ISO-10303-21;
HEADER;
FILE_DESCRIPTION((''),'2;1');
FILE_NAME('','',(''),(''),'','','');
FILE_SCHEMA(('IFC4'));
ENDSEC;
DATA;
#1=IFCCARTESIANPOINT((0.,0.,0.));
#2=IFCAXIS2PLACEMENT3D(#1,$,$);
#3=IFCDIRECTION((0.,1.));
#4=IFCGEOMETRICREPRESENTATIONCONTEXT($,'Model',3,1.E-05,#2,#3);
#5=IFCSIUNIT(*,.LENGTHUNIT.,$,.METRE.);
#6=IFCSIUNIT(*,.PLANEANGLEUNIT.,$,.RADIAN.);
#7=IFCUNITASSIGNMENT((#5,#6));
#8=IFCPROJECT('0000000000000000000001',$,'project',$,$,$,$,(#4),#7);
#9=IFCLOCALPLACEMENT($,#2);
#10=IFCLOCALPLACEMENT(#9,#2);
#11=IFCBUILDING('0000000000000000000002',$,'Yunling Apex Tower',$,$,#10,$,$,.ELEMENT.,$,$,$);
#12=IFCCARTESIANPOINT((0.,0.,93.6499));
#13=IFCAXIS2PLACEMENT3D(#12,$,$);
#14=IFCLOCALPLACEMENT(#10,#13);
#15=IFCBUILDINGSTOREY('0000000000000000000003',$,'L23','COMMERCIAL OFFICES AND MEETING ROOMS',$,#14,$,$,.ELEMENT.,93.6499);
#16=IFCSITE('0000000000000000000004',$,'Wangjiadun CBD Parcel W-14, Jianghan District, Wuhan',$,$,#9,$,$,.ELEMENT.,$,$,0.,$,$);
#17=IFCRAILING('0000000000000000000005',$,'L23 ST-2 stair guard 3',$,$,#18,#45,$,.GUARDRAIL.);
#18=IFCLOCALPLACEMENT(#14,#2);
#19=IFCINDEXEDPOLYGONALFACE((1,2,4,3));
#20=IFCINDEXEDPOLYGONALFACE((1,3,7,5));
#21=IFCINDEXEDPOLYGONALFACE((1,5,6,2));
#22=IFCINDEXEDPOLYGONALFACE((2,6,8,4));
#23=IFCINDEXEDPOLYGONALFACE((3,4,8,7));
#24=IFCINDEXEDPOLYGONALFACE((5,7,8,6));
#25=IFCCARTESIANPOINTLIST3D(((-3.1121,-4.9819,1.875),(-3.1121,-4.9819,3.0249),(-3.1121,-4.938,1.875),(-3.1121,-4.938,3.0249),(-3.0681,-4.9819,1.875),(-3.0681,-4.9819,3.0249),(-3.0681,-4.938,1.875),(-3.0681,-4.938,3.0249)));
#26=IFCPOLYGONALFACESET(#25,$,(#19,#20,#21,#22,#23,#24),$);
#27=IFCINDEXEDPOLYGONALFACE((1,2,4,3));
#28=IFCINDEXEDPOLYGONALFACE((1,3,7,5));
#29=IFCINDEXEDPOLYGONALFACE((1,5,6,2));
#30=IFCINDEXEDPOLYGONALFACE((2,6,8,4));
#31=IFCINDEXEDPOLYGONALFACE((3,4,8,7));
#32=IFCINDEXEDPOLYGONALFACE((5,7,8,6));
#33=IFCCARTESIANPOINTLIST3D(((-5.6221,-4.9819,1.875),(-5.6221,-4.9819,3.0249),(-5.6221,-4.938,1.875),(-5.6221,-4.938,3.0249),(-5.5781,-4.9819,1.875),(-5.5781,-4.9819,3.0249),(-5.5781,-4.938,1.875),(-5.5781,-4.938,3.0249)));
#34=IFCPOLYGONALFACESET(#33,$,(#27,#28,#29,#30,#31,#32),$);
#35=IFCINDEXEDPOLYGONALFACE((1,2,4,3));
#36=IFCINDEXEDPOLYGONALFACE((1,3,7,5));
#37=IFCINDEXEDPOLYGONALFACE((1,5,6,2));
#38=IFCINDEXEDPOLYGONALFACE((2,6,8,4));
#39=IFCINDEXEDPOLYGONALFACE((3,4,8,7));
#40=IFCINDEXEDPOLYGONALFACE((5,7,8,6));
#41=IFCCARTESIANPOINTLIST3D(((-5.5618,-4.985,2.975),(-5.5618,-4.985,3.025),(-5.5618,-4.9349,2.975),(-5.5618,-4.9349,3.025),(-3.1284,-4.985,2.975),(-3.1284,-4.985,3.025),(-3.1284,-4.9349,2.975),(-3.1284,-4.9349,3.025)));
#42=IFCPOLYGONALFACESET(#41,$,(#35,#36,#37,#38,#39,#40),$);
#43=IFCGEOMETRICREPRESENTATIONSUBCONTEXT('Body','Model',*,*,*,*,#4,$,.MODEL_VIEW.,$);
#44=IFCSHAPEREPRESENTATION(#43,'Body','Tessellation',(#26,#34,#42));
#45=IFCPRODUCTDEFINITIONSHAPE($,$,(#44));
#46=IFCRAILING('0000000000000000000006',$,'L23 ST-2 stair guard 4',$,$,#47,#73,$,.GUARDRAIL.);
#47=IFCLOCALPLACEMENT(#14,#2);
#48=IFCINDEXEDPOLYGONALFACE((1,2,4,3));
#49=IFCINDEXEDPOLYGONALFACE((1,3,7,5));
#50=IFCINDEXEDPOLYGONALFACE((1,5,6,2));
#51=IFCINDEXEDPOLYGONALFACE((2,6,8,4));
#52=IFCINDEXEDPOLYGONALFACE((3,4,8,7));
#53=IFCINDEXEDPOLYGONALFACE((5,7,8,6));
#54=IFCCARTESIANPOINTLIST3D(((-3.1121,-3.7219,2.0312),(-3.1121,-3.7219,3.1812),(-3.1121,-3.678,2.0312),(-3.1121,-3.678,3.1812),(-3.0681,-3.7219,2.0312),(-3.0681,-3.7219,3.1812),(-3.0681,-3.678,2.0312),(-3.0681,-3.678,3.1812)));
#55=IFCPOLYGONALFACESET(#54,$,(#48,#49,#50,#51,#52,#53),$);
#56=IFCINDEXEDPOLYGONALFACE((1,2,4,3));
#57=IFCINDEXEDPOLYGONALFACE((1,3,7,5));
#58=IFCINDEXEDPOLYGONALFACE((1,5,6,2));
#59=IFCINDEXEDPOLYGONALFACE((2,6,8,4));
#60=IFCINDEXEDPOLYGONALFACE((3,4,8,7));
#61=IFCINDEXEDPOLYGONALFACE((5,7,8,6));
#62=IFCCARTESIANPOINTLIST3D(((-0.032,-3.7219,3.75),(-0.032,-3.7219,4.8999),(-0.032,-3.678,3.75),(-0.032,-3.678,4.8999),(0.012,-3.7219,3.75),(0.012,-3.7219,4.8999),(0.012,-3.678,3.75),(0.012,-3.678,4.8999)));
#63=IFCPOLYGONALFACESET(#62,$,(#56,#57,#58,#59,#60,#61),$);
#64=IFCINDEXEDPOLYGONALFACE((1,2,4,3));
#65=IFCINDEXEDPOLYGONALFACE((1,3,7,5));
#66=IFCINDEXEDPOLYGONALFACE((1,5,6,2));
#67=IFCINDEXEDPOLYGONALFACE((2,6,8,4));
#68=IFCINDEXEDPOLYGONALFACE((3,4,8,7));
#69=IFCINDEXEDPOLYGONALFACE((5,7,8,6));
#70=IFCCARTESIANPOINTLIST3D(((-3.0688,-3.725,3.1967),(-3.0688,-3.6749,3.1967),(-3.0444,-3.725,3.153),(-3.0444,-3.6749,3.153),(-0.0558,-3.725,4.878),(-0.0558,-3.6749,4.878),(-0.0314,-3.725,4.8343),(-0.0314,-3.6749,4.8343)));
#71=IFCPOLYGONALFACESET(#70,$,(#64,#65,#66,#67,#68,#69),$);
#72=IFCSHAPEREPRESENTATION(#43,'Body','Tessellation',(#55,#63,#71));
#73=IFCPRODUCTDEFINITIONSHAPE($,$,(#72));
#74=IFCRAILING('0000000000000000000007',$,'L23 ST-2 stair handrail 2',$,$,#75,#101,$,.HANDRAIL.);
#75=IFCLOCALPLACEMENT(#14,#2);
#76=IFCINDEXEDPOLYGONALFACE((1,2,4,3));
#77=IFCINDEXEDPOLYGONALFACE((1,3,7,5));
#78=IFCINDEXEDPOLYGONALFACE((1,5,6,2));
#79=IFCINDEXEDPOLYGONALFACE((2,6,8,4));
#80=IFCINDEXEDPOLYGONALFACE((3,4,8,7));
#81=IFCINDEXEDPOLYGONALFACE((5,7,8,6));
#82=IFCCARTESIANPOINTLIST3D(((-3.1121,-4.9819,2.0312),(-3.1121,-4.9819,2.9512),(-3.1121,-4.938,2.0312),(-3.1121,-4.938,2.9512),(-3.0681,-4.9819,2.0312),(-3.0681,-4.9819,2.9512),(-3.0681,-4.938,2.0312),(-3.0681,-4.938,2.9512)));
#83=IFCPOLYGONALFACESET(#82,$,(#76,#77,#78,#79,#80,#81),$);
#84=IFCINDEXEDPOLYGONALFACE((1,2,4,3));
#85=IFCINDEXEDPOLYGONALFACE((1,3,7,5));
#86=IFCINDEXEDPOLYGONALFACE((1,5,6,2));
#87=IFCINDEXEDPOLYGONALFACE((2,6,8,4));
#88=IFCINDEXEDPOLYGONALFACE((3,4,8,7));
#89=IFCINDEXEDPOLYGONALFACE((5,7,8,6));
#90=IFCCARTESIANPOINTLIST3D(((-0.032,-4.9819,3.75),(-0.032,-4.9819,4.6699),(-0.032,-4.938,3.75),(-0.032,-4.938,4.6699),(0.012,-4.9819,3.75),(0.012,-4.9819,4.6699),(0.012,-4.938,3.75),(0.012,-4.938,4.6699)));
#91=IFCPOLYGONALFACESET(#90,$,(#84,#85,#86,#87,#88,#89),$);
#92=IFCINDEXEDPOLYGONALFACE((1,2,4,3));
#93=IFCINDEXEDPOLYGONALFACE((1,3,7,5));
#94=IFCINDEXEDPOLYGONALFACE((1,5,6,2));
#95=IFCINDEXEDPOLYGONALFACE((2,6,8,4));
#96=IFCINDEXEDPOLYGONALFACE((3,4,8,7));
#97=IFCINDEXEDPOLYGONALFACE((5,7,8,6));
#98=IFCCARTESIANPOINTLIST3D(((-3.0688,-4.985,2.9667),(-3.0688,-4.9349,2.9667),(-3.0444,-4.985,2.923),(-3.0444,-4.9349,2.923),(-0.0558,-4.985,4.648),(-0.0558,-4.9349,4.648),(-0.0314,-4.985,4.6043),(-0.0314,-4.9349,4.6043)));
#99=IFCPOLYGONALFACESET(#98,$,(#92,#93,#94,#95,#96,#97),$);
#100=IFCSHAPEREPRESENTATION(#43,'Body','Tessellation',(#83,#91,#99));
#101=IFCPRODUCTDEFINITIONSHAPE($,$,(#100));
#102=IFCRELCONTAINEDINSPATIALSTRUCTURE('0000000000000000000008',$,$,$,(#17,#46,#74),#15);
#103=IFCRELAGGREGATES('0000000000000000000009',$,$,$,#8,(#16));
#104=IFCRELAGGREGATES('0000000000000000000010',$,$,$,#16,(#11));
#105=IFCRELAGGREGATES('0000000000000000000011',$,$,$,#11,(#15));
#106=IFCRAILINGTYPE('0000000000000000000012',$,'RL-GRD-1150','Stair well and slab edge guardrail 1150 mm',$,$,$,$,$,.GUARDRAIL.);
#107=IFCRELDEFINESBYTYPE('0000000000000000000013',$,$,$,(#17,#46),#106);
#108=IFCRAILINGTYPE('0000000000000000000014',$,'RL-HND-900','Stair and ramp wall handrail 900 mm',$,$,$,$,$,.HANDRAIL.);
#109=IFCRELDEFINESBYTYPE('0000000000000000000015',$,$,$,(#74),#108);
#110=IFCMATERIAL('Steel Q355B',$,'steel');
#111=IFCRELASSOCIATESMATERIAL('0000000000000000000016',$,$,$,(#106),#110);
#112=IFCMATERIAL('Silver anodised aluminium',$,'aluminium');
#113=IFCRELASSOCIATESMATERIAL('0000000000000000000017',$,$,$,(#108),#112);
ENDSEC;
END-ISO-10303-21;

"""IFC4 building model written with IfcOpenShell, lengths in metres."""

from ifc_helpers import new_model, si_unit, direction, frame, origin, origin_2d, place, context, subcontext, project, spatial, rectangle, extrude, material, type_object, element, save


model = new_model("IFC4")

# Units and contexts
model_context = context("Model", 3, precision=1e-05, world=origin(), true_north=direction((0.0, 1.0)))
body_context = subcontext(model_context, "Body", "Model", "MODEL_VIEW")
ifc_project = project(units=[si_unit("LENGTHUNIT", "METRE"), si_unit("PLANEANGLEUNIT", "RADIAN")], contexts=[model_context])

# Site, building, storey
site_placement = place(None, origin())
site = spatial("IfcSite", under=ifc_project, at=site_placement, Name="Wangjiadun CBD Parcel W-14, Jianghan District, Wuhan", CompositionType="ELEMENT", RefElevation=0.0)
building_placement = place(site_placement, origin())
building = spatial("IfcBuilding", under=site, at=building_placement, Name="Yunling Apex Tower", CompositionType="ELEMENT")
storey_placement = place(building_placement, frame((0.0, 0.0, 93.6499)))
storey = spatial("IfcBuildingStorey", under=building, at=storey_placement, Name="L23", Description="COMMERCIAL OFFICES AND MEETING ROOMS", CompositionType="ELEMENT", Elevation=93.6499)

# Shared definitions
ifc_material_1 = material(Name="Steel Q355B", Category="steel")

# Shared definitions
ifc_material_2 = material(Name="Silver anodised aluminium", Category="aluminium")

# Railings
railing_type_1 = type_object("IfcRailingType", Name="RL-GRD-1150", Description="Stair well and slab edge guardrail 1150 mm", PredefinedType="GUARDRAIL", material=ifc_material_1)
railing_1_placement = place(storey_placement, frame((-3.0901, -4.96, 1.875)))
element("IfcRailing", 1, at=railing_1_placement, inside=storey, type_object=railing_type_1, Name="L23 ST-2 stair guard 3", PredefinedType="GUARDRAIL", context=body_context, shape_type="SweptSolid", body=[
    extrude(rectangle(XDim=0.0439, YDim=0.0439, at=origin_2d()), origin(), (0.0, 0.0, 1.0), 1.1499),
    extrude(rectangle(XDim=0.0439, YDim=0.0439, at=origin_2d()), frame((-2.51, 0.0, 0.0)), (0.0, 0.0, 1.0), 1.1499),
    extrude(rectangle(XDim=0.05, YDim=0.05, at=origin_2d()), frame((-0.0383, 0.0, 1.125), z_axis=(-1.0, 0.0, 0.0), x_axis=(0.0, -1.0, 0.0)), (0.0, 0.0, 1.0), 2.4333),
])
railing_2_placement = place(storey_placement, frame((-3.0901, -3.7, 2.0312)))
element("IfcRailing", 2, at=railing_2_placement, inside=storey, type_object=railing_type_1, Name="L23 ST-2 stair guard 4", PredefinedType="GUARDRAIL", context=body_context, shape_type="SweptSolid", body=[
    extrude(rectangle(XDim=0.0439, YDim=0.0439, at=origin_2d()), origin(), (0.0, 0.0, 1.0), 1.1499),
    extrude(rectangle(XDim=0.0439, YDim=0.0439, at=origin_2d()), frame((3.0801, 0.0, 1.7188)), (0.0, 0.0, 1.0), 1.1499),
    extrude(rectangle(XDim=0.05, YDim=0.05, at=origin_2d()), frame((0.0334, 0.0, 1.1436), z_axis=(0.873242, 0.0, 0.487288), x_axis=(0.0, 1.0, 0.0)), (0.0, 0.0, 1.0), 3.4504),
])
railing_type_2 = type_object("IfcRailingType", Name="RL-HND-900", Description="Stair and ramp wall handrail 900 mm", PredefinedType="HANDRAIL", material=ifc_material_2)
railing_3_placement = place(storey_placement, frame((-3.0901, -4.96, 2.0312)))
element("IfcRailing", 3, at=railing_3_placement, inside=storey, type_object=railing_type_2, Name="L23 ST-2 stair handrail 2", PredefinedType="HANDRAIL", context=body_context, shape_type="SweptSolid", body=[
    extrude(rectangle(XDim=0.0439, YDim=0.0439, at=origin_2d()), origin(), (0.0, 0.0, 1.0), 0.9199),
    extrude(rectangle(XDim=0.0439, YDim=0.0439, at=origin_2d()), frame((3.0801, 0.0, 1.7188)), (0.0, 0.0, 1.0), 0.9199),
    extrude(rectangle(XDim=0.05, YDim=0.05, at=origin_2d()), frame((0.0334, 0.0, 0.9136), z_axis=(0.873242, 0.0, 0.487288), x_axis=(0.0, 1.0, 0.0)), (0.0, 0.0, 1.0), 3.4504),
])

save(model, "model.ifc")
